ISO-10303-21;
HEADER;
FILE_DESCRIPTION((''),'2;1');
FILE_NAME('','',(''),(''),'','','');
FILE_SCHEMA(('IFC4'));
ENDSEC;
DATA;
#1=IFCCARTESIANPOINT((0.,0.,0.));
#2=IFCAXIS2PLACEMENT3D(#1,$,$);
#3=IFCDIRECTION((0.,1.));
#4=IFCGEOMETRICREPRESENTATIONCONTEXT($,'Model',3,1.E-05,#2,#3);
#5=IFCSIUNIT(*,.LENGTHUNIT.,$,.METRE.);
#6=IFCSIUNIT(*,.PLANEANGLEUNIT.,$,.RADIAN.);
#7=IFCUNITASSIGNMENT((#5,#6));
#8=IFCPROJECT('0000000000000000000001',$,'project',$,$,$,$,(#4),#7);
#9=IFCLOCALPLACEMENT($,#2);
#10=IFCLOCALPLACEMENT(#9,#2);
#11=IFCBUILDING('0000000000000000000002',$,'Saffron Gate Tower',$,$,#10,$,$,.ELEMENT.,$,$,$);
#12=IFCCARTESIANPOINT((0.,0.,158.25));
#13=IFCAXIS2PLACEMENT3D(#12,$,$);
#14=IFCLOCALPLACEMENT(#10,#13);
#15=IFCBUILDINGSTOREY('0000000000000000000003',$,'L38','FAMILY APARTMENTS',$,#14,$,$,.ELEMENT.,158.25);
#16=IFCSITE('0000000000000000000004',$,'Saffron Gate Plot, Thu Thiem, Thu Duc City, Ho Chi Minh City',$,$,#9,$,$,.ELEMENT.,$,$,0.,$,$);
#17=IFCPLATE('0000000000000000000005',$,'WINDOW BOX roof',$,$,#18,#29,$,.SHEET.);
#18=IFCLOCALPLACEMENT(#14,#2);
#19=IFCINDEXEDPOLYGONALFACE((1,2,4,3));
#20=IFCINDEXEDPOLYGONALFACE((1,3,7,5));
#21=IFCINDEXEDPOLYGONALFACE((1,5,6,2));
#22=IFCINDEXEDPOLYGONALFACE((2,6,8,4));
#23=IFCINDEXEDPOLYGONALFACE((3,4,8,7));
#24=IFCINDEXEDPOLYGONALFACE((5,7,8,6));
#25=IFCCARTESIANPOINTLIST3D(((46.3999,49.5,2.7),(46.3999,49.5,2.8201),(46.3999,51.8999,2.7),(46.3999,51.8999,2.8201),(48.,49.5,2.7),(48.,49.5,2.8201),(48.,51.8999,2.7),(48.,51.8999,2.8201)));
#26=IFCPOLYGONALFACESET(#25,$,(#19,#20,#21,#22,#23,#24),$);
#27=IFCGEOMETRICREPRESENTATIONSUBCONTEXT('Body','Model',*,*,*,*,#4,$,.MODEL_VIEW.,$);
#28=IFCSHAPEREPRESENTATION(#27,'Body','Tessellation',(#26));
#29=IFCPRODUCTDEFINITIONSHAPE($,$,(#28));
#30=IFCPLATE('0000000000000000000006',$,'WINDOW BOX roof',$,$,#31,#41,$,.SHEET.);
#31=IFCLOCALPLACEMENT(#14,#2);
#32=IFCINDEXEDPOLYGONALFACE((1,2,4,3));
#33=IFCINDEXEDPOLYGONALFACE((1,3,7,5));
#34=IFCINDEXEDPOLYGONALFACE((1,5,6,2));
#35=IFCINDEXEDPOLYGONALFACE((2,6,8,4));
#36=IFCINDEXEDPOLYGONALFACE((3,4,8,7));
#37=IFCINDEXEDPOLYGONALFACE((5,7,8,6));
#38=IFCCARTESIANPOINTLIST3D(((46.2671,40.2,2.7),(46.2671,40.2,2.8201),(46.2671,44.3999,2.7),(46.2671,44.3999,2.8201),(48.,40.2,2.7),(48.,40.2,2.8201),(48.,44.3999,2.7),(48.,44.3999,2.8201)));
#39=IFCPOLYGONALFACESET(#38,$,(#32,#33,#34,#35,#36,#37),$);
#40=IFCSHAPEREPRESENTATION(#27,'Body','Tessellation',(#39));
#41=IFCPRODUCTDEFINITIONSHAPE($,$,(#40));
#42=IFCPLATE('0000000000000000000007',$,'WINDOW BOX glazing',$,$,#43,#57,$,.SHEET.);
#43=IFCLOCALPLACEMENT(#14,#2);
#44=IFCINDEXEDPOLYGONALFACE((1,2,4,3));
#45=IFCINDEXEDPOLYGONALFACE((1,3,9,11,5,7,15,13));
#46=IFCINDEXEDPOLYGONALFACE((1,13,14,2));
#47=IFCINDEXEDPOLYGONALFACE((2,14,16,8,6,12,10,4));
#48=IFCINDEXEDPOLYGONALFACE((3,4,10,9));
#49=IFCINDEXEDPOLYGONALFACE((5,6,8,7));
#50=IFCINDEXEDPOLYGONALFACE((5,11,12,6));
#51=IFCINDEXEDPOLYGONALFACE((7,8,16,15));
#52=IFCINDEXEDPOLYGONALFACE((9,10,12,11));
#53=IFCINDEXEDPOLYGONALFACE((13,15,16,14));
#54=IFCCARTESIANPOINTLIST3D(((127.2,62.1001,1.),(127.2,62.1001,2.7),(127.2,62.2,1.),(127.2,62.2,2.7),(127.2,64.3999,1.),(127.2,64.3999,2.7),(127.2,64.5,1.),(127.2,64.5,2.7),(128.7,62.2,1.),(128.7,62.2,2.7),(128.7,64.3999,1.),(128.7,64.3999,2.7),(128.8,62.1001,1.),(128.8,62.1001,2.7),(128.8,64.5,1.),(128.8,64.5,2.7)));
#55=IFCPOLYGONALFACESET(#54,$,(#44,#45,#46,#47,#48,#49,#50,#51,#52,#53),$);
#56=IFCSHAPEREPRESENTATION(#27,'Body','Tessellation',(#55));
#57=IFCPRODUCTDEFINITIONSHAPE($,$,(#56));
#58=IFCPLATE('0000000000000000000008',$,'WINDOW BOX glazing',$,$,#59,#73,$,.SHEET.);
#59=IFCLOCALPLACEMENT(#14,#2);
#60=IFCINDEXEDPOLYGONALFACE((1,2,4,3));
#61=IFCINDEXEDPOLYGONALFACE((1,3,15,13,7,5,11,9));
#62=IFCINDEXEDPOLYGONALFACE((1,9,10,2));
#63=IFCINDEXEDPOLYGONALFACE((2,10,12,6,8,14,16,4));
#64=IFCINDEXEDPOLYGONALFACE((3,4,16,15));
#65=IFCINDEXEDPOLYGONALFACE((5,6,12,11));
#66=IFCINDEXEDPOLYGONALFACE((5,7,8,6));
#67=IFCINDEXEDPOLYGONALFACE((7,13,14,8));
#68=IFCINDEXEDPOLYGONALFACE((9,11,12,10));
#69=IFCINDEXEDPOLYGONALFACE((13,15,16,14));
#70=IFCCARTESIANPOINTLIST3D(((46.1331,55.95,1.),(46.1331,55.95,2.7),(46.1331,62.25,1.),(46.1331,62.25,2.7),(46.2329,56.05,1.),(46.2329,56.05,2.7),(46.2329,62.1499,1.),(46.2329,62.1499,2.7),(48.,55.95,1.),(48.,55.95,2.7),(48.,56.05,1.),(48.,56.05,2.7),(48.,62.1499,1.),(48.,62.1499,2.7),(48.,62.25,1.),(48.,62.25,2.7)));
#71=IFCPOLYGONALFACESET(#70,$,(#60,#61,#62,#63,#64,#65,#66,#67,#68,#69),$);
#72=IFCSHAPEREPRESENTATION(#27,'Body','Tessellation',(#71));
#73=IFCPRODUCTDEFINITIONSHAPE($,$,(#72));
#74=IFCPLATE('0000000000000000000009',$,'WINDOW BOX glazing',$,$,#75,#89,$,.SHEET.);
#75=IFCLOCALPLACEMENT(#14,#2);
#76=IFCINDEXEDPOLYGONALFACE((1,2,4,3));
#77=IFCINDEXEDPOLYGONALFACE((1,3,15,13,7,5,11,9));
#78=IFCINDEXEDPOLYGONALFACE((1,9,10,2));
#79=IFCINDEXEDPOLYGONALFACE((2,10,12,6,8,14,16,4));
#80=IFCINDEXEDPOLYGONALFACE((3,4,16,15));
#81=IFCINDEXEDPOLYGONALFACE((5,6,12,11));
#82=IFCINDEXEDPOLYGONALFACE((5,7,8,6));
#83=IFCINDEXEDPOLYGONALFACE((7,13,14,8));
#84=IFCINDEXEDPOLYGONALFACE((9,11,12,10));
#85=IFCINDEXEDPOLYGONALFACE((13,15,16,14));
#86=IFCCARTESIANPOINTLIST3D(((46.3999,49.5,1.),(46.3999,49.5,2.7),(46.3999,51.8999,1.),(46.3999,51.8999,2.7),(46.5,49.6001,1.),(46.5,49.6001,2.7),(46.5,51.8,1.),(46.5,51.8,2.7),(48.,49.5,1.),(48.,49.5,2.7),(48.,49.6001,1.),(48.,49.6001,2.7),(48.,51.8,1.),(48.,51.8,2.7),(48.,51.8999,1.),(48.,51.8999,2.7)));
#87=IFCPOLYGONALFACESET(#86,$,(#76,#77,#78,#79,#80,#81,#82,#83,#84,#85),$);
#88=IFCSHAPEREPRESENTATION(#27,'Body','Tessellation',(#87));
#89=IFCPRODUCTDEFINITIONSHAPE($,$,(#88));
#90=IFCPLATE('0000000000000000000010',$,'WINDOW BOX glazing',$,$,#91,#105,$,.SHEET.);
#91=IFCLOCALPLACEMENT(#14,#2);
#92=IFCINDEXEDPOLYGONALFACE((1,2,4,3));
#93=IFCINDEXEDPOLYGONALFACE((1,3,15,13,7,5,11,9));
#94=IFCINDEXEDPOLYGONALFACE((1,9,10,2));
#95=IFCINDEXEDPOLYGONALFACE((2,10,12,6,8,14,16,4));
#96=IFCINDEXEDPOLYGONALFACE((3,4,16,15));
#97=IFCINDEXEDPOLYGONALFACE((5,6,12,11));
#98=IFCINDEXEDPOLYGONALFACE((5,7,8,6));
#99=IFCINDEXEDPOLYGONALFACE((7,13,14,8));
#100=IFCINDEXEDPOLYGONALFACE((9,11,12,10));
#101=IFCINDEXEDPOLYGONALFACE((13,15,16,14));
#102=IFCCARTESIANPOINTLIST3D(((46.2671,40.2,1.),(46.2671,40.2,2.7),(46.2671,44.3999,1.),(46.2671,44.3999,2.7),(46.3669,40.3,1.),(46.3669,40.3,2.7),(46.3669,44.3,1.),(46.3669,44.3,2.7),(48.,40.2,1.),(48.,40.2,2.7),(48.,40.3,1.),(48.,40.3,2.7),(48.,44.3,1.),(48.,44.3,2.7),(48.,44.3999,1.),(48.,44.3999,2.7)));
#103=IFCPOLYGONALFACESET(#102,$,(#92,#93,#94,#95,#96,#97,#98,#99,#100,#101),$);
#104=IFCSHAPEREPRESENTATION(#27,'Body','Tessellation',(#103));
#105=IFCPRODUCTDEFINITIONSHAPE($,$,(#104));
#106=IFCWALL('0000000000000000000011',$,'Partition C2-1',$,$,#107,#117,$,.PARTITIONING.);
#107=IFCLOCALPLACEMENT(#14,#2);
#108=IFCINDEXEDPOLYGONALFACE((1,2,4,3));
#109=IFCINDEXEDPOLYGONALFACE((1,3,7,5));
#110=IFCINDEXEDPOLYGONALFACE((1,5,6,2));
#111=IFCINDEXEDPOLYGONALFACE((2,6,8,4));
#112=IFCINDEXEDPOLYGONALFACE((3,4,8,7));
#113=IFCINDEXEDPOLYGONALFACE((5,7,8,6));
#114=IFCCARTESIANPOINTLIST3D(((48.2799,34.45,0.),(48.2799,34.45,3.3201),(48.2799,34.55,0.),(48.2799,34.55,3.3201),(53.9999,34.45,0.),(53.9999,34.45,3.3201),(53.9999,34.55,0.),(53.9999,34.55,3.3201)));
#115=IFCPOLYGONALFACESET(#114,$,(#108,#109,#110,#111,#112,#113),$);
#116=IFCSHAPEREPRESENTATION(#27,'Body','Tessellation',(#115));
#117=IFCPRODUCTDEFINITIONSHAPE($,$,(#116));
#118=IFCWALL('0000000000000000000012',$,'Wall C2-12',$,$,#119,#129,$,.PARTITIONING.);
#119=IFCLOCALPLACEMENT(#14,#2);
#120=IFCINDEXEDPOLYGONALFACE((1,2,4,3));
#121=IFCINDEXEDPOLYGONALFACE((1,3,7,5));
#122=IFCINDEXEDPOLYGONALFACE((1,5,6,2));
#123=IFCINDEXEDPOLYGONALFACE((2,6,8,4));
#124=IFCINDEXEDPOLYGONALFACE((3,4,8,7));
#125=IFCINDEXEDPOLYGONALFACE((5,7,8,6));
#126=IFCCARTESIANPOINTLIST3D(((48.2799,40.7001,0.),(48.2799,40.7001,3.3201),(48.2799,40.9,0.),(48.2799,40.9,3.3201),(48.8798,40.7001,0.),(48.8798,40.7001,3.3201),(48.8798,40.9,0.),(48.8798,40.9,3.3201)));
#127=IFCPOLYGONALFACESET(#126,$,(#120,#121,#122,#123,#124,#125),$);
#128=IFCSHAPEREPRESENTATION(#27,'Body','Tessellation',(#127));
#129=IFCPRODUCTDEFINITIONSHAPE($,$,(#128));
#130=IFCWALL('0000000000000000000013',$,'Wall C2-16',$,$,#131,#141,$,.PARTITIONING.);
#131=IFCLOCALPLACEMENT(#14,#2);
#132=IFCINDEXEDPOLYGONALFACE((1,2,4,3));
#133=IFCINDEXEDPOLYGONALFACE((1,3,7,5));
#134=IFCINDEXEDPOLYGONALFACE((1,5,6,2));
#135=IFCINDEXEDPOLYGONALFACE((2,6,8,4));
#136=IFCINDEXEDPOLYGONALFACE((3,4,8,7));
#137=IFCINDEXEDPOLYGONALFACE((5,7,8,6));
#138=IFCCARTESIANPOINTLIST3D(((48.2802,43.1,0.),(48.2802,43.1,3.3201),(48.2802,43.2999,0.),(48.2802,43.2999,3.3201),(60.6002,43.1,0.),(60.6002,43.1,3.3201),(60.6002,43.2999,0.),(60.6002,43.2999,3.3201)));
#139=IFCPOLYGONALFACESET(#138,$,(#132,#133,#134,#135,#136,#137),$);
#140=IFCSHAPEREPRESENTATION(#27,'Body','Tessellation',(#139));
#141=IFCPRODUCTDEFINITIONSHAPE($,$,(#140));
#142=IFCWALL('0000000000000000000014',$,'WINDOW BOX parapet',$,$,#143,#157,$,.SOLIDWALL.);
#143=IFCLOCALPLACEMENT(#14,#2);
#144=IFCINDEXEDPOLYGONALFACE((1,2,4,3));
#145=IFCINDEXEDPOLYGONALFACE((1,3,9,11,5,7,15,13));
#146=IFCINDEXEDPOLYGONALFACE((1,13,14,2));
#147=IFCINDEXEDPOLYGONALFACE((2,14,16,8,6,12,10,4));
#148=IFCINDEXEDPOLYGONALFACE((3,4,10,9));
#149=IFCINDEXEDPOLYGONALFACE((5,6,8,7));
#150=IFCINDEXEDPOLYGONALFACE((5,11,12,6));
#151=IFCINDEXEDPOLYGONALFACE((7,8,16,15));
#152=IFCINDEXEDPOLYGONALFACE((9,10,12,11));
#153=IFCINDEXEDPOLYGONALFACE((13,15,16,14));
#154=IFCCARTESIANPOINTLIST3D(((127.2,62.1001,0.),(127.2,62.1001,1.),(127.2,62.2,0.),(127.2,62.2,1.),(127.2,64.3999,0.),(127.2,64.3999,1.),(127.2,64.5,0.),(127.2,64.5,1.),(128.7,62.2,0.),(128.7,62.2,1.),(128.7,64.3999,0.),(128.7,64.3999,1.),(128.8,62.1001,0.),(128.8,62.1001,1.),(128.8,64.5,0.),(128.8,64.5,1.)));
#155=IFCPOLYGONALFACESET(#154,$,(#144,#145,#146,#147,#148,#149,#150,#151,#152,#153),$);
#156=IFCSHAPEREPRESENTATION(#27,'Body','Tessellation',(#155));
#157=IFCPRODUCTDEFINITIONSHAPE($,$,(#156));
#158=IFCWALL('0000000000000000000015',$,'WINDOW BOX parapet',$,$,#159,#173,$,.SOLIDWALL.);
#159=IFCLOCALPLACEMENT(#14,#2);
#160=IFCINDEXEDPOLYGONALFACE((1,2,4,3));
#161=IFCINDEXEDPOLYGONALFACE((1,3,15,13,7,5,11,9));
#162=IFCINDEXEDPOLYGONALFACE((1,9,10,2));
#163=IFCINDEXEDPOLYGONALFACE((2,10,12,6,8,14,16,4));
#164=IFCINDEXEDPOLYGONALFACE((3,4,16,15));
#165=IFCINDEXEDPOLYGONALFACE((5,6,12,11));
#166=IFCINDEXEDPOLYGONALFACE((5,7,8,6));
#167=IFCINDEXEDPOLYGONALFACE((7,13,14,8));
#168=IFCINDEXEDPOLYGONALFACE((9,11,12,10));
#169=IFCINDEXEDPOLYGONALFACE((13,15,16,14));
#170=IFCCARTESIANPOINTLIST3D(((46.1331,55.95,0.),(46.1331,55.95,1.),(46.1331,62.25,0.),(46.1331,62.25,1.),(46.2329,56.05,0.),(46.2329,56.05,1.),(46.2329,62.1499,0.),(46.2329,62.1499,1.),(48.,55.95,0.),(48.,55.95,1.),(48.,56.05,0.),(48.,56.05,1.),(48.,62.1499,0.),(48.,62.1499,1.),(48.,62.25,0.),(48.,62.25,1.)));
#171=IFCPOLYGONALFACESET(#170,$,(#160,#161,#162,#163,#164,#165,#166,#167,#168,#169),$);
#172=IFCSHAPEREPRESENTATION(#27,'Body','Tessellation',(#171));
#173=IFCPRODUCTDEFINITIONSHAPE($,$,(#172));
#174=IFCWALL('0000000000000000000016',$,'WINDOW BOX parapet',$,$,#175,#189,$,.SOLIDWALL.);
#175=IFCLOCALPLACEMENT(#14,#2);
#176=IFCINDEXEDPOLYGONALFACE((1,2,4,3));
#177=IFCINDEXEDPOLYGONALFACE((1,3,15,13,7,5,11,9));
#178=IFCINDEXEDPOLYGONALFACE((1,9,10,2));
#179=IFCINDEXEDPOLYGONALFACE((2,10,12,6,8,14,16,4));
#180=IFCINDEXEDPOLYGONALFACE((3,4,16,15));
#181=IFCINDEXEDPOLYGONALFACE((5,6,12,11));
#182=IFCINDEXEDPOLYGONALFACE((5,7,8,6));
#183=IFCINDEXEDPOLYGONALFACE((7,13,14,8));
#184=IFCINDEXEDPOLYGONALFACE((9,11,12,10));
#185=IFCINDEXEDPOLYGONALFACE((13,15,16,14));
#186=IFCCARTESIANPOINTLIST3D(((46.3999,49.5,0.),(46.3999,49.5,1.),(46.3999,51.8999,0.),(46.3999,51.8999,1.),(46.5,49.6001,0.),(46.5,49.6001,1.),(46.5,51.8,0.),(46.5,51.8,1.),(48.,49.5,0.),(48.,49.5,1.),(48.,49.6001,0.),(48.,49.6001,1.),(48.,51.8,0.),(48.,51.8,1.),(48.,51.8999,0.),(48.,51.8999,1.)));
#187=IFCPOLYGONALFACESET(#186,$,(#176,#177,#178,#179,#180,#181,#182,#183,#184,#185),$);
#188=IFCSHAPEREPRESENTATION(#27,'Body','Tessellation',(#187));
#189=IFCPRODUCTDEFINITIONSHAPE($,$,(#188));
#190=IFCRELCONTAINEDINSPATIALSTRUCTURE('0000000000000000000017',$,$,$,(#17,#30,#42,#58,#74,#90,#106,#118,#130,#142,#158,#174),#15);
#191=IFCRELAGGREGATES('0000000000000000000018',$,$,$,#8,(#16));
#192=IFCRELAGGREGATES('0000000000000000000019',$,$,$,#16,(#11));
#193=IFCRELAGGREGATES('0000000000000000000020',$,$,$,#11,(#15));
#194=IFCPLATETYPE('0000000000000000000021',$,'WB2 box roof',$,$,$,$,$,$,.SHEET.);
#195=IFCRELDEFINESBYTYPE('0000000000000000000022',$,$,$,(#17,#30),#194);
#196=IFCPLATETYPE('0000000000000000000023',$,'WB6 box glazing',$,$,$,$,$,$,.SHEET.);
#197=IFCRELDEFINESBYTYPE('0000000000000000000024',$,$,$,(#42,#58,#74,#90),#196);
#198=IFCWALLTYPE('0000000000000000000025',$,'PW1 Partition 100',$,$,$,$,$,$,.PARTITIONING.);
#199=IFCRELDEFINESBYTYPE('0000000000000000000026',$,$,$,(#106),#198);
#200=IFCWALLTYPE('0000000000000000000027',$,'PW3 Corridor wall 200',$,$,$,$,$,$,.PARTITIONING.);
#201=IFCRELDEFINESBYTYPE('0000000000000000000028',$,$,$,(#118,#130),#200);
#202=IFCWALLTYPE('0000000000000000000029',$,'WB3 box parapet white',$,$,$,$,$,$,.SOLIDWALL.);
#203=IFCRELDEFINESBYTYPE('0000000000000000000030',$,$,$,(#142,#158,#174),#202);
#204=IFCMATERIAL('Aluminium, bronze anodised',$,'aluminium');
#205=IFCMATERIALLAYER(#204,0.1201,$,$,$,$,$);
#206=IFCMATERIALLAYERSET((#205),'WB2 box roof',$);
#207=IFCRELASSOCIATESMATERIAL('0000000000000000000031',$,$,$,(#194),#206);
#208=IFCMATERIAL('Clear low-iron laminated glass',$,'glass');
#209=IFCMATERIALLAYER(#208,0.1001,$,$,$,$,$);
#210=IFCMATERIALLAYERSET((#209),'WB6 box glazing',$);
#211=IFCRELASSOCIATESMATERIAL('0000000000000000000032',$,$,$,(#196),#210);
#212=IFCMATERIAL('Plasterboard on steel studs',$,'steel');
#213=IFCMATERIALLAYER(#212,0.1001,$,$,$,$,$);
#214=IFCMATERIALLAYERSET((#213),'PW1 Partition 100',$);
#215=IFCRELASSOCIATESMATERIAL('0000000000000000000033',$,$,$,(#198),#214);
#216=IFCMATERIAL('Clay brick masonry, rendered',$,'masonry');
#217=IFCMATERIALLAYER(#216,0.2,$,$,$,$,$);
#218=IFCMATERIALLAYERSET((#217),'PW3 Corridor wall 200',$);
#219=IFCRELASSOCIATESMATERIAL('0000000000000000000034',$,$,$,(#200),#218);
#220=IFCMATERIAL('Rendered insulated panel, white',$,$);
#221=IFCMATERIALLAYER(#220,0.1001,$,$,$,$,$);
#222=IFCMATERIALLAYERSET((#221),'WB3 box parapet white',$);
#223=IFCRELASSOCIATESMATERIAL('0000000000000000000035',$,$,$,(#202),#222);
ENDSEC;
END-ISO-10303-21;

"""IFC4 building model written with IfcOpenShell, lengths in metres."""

from ifc_helpers import new_model, si_unit, direction, frame, frame_2d, origin, place, context, subcontext, project, spatial, polyline, rectangle, outline, extrude, material, layer, layer_set, type_object, element, save


model = new_model("IFC4")

# Units and contexts
model_context = context("Model", 3, precision=1e-05, world=origin(), true_north=direction((0.0, 1.0)))
body_context = subcontext(model_context, "Body", "Model", "MODEL_VIEW")
ifc_project = project(units=[si_unit("LENGTHUNIT", "METRE"), si_unit("PLANEANGLEUNIT", "RADIAN")], contexts=[model_context])

# Site, building, storey
site_placement = place(None, origin())
site = spatial("IfcSite", under=ifc_project, at=site_placement, Name="Saffron Gate Plot, Thu Thiem, Thu Duc City, Ho Chi Minh City", CompositionType="ELEMENT", RefElevation=0.0)
building_placement = place(site_placement, origin())
building = spatial("IfcBuilding", under=site, at=building_placement, Name="Saffron Gate Tower", CompositionType="ELEMENT")
storey_placement = place(building_placement, frame((0.0, 0.0, 158.25)))
storey = spatial("IfcBuildingStorey", under=building, at=storey_placement, Name="L38", Description="FAMILY APARTMENTS", CompositionType="ELEMENT", Elevation=158.25)

# Shared definitions
ifc_material_1 = material(Name="Aluminium, bronze anodised", Category="aluminium")

# Plates
ifc_layer_1 = layer(ifc_material_1, 0.1201)
ifc_layer_set_1 = layer_set([ifc_layer_1], Name="WB2 box roof")
plate_type_1 = type_object("IfcPlateType", Name="WB2 box roof", PredefinedType="SHEET", material=ifc_layer_set_1)
plate_1_placement = place(storey_placement, frame((0.0, 0.0, 2.7)))
element("IfcPlate", 1, at=plate_1_placement, inside=storey, type_object=plate_type_1, Name="WINDOW BOX roof", PredefinedType="SHEET", context=body_context, shape_type="SweptSolid", body=[
    extrude(outline(polyline([(48.0, 51.8999), (48.0, 49.5), (46.3999, 49.5), (46.3999, 51.8999), (48.0, 51.8999)])), origin(), (0.0, 0.0, 1.0), 0.1201),
])
plate_2_placement = place(storey_placement, frame((0.0, 0.0, 2.7)))
element("IfcPlate", 2, at=plate_2_placement, inside=storey, type_object=plate_type_1, Name="WINDOW BOX roof", PredefinedType="SHEET", context=body_context, shape_type="SweptSolid", body=[
    extrude(outline(polyline([(48.0, 44.3999), (48.0, 40.2), (46.2671, 40.2), (46.2671, 44.3999), (48.0, 44.3999)])), origin(), (0.0, 0.0, 1.0), 0.1201),
])
ifc_material_2 = material(Name="Clear low-iron laminated glass", Category="glass")
ifc_layer_2 = layer(ifc_material_2, 0.1001)
ifc_layer_set_2 = layer_set([ifc_layer_2], Name="WB6 box glazing")
plate_type_2 = type_object("IfcPlateType", Name="WB6 box glazing", PredefinedType="SHEET", material=ifc_layer_set_2)
plate_3_placement = place(storey_placement, frame((0.0, 0.0, 1.0)))
element("IfcPlate", 3, at=plate_3_placement, inside=storey, type_object=plate_type_2, Name="WINDOW BOX glazing", PredefinedType="SHEET", context=body_context, shape_type="SweptSolid", body=[
    extrude(outline(polyline([(127.2, 62.1001), (127.2, 62.2), (128.7, 62.2), (128.7, 64.3999), (127.2, 64.3999), (127.2, 64.5), (128.8, 64.5), (128.8, 62.1001), (127.2, 62.1001)])), origin(), (0.0, 0.0, 1.0), 1.7),
])
plate_4_placement = place(storey_placement, frame((0.0, 0.0, 1.0)))
element("IfcPlate", 4, at=plate_4_placement, inside=storey, type_object=plate_type_2, Name="WINDOW BOX glazing", PredefinedType="SHEET", context=body_context, shape_type="SweptSolid", body=[
    extrude(outline(polyline([(48.0, 62.25), (48.0, 62.1499), (46.2329, 62.1499), (46.2329, 56.05), (48.0, 56.05), (48.0, 55.95), (46.1331, 55.95), (46.1331, 62.25), (48.0, 62.25)])), origin(), (0.0, 0.0, 1.0), 1.7),
])
plate_5_placement = place(storey_placement, frame((0.0, 0.0, 1.0)))
element("IfcPlate", 5, at=plate_5_placement, inside=storey, type_object=plate_type_2, Name="WINDOW BOX glazing", PredefinedType="SHEET", context=body_context, shape_type="SweptSolid", body=[
    extrude(outline(polyline([(48.0, 51.8999), (48.0, 51.8), (46.5, 51.8), (46.5, 49.6001), (48.0, 49.6001), (48.0, 49.5), (46.3999, 49.5), (46.3999, 51.8999), (48.0, 51.8999)])), origin(), (0.0, 0.0, 1.0), 1.7),
])
plate_6_placement = place(storey_placement, frame((0.0, 0.0, 1.0)))
element("IfcPlate", 6, at=plate_6_placement, inside=storey, type_object=plate_type_2, Name="WINDOW BOX glazing", PredefinedType="SHEET", context=body_context, shape_type="SweptSolid", body=[
    extrude(outline(polyline([(48.0, 44.3999), (48.0, 44.3), (46.3669, 44.3), (46.3669, 40.3), (48.0, 40.3), (48.0, 40.2), (46.2671, 40.2), (46.2671, 44.3999), (48.0, 44.3999)])), origin(), (0.0, 0.0, 1.0), 1.7),
])

# Walls
ifc_material_3 = material(Name="Plasterboard on steel studs", Category="steel")
ifc_layer_3 = layer(ifc_material_3, 0.1001)
ifc_layer_set_3 = layer_set([ifc_layer_3], Name="PW1 Partition 100")
wall_type_1 = type_object("IfcWallType", Name="PW1 Partition 100", PredefinedType="PARTITIONING", material=ifc_layer_set_3)
wall_1_placement = place(storey_placement, frame((48.28, 34.5, 0.0), z_axis=(0.0, 0.0, 1.0), x_axis=(1.0, 0.0, 0.0)))
element("IfcWall", 7, at=wall_1_placement, inside=storey, type_object=wall_type_1, Name="Partition C2-1", PredefinedType="PARTITIONING", context=body_context, shape_type="SweptSolid", body=[
    extrude(rectangle(XDim=5.72, YDim=0.1001, at=frame_2d((2.8599, 0.0))), origin(), (0.0, 0.0, 1.0), 3.3201),
])
ifc_material_4 = material(Name="Clay brick masonry, rendered", Category="masonry")
ifc_layer_4 = layer(ifc_material_4, 0.2)
ifc_layer_set_4 = layer_set([ifc_layer_4], Name="PW3 Corridor wall 200")
wall_type_2 = type_object("IfcWallType", Name="PW3 Corridor wall 200", PredefinedType="PARTITIONING", material=ifc_layer_set_4)
wall_2_placement = place(storey_placement, frame((48.28, 40.8, 0.0), z_axis=(0.0, 0.0, 1.0), x_axis=(1.0, 0.0, 0.0)))
element("IfcWall", 8, at=wall_2_placement, inside=storey, type_object=wall_type_2, Name="Wall C2-12", PredefinedType="PARTITIONING", context=body_context, shape_type="SweptSolid", body=[
    extrude(rectangle(XDim=0.5999, YDim=0.2, at=frame_2d((0.2998, 0.0))), origin(), (0.0, 0.0, 1.0), 3.3201),
])
wall_3_placement = place(storey_placement, frame((48.28, 43.2, 0.0), z_axis=(0.0, 0.0, 1.0), x_axis=(1.0, 0.0, 0.0)))
element("IfcWall", 9, at=wall_3_placement, inside=storey, type_object=wall_type_2, Name="Wall C2-16", PredefinedType="PARTITIONING", context=body_context, shape_type="SweptSolid", body=[
    extrude(rectangle(XDim=12.3201, YDim=0.2, at=frame_2d((6.1602, 0.0))), origin(), (0.0, 0.0, 1.0), 3.3201),
])
ifc_material_5 = material(Name="Rendered insulated panel, white")
ifc_layer_5 = layer(ifc_material_5, 0.1001)
ifc_layer_set_5 = layer_set([ifc_layer_5], Name="WB3 box parapet white")
wall_type_3 = type_object("IfcWallType", Name="WB3 box parapet white", PredefinedType="SOLIDWALL", material=ifc_layer_set_5)
wall_4_placement = place(storey_placement, origin())
element("IfcWall", 10, at=wall_4_placement, inside=storey, type_object=wall_type_3, Name="WINDOW BOX parapet", PredefinedType="SOLIDWALL", context=body_context, shape_type="SweptSolid", body=[
    extrude(outline(polyline([(127.2, 62.1001), (127.2, 62.2), (128.7, 62.2), (128.7, 64.3999), (127.2, 64.3999), (127.2, 64.5), (128.8, 64.5), (128.8, 62.1001), (127.2, 62.1001)])), origin(), (0.0, 0.0, 1.0), 1.0),
])
wall_5_placement = place(storey_placement, origin())
element("IfcWall", 11, at=wall_5_placement, inside=storey, type_object=wall_type_3, Name="WINDOW BOX parapet", PredefinedType="SOLIDWALL", context=body_context, shape_type="SweptSolid", body=[
    extrude(outline(polyline([(48.0, 62.25), (48.0, 62.1499), (46.2329, 62.1499), (46.2329, 56.05), (48.0, 56.05), (48.0, 55.95), (46.1331, 55.95), (46.1331, 62.25), (48.0, 62.25)])), origin(), (0.0, 0.0, 1.0), 1.0),
])
wall_6_placement = place(storey_placement, origin())
element("IfcWall", 12, at=wall_6_placement, inside=storey, type_object=wall_type_3, Name="WINDOW BOX parapet", PredefinedType="SOLIDWALL", context=body_context, shape_type="SweptSolid", body=[
    extrude(outline(polyline([(48.0, 51.8999), (48.0, 51.8), (46.5, 51.8), (46.5, 49.6001), (48.0, 49.6001), (48.0, 49.5), (46.3999, 49.5), (46.3999, 51.8999), (48.0, 51.8999)])), origin(), (0.0, 0.0, 1.0), 1.0),
])

save(model, "model.ifc")
